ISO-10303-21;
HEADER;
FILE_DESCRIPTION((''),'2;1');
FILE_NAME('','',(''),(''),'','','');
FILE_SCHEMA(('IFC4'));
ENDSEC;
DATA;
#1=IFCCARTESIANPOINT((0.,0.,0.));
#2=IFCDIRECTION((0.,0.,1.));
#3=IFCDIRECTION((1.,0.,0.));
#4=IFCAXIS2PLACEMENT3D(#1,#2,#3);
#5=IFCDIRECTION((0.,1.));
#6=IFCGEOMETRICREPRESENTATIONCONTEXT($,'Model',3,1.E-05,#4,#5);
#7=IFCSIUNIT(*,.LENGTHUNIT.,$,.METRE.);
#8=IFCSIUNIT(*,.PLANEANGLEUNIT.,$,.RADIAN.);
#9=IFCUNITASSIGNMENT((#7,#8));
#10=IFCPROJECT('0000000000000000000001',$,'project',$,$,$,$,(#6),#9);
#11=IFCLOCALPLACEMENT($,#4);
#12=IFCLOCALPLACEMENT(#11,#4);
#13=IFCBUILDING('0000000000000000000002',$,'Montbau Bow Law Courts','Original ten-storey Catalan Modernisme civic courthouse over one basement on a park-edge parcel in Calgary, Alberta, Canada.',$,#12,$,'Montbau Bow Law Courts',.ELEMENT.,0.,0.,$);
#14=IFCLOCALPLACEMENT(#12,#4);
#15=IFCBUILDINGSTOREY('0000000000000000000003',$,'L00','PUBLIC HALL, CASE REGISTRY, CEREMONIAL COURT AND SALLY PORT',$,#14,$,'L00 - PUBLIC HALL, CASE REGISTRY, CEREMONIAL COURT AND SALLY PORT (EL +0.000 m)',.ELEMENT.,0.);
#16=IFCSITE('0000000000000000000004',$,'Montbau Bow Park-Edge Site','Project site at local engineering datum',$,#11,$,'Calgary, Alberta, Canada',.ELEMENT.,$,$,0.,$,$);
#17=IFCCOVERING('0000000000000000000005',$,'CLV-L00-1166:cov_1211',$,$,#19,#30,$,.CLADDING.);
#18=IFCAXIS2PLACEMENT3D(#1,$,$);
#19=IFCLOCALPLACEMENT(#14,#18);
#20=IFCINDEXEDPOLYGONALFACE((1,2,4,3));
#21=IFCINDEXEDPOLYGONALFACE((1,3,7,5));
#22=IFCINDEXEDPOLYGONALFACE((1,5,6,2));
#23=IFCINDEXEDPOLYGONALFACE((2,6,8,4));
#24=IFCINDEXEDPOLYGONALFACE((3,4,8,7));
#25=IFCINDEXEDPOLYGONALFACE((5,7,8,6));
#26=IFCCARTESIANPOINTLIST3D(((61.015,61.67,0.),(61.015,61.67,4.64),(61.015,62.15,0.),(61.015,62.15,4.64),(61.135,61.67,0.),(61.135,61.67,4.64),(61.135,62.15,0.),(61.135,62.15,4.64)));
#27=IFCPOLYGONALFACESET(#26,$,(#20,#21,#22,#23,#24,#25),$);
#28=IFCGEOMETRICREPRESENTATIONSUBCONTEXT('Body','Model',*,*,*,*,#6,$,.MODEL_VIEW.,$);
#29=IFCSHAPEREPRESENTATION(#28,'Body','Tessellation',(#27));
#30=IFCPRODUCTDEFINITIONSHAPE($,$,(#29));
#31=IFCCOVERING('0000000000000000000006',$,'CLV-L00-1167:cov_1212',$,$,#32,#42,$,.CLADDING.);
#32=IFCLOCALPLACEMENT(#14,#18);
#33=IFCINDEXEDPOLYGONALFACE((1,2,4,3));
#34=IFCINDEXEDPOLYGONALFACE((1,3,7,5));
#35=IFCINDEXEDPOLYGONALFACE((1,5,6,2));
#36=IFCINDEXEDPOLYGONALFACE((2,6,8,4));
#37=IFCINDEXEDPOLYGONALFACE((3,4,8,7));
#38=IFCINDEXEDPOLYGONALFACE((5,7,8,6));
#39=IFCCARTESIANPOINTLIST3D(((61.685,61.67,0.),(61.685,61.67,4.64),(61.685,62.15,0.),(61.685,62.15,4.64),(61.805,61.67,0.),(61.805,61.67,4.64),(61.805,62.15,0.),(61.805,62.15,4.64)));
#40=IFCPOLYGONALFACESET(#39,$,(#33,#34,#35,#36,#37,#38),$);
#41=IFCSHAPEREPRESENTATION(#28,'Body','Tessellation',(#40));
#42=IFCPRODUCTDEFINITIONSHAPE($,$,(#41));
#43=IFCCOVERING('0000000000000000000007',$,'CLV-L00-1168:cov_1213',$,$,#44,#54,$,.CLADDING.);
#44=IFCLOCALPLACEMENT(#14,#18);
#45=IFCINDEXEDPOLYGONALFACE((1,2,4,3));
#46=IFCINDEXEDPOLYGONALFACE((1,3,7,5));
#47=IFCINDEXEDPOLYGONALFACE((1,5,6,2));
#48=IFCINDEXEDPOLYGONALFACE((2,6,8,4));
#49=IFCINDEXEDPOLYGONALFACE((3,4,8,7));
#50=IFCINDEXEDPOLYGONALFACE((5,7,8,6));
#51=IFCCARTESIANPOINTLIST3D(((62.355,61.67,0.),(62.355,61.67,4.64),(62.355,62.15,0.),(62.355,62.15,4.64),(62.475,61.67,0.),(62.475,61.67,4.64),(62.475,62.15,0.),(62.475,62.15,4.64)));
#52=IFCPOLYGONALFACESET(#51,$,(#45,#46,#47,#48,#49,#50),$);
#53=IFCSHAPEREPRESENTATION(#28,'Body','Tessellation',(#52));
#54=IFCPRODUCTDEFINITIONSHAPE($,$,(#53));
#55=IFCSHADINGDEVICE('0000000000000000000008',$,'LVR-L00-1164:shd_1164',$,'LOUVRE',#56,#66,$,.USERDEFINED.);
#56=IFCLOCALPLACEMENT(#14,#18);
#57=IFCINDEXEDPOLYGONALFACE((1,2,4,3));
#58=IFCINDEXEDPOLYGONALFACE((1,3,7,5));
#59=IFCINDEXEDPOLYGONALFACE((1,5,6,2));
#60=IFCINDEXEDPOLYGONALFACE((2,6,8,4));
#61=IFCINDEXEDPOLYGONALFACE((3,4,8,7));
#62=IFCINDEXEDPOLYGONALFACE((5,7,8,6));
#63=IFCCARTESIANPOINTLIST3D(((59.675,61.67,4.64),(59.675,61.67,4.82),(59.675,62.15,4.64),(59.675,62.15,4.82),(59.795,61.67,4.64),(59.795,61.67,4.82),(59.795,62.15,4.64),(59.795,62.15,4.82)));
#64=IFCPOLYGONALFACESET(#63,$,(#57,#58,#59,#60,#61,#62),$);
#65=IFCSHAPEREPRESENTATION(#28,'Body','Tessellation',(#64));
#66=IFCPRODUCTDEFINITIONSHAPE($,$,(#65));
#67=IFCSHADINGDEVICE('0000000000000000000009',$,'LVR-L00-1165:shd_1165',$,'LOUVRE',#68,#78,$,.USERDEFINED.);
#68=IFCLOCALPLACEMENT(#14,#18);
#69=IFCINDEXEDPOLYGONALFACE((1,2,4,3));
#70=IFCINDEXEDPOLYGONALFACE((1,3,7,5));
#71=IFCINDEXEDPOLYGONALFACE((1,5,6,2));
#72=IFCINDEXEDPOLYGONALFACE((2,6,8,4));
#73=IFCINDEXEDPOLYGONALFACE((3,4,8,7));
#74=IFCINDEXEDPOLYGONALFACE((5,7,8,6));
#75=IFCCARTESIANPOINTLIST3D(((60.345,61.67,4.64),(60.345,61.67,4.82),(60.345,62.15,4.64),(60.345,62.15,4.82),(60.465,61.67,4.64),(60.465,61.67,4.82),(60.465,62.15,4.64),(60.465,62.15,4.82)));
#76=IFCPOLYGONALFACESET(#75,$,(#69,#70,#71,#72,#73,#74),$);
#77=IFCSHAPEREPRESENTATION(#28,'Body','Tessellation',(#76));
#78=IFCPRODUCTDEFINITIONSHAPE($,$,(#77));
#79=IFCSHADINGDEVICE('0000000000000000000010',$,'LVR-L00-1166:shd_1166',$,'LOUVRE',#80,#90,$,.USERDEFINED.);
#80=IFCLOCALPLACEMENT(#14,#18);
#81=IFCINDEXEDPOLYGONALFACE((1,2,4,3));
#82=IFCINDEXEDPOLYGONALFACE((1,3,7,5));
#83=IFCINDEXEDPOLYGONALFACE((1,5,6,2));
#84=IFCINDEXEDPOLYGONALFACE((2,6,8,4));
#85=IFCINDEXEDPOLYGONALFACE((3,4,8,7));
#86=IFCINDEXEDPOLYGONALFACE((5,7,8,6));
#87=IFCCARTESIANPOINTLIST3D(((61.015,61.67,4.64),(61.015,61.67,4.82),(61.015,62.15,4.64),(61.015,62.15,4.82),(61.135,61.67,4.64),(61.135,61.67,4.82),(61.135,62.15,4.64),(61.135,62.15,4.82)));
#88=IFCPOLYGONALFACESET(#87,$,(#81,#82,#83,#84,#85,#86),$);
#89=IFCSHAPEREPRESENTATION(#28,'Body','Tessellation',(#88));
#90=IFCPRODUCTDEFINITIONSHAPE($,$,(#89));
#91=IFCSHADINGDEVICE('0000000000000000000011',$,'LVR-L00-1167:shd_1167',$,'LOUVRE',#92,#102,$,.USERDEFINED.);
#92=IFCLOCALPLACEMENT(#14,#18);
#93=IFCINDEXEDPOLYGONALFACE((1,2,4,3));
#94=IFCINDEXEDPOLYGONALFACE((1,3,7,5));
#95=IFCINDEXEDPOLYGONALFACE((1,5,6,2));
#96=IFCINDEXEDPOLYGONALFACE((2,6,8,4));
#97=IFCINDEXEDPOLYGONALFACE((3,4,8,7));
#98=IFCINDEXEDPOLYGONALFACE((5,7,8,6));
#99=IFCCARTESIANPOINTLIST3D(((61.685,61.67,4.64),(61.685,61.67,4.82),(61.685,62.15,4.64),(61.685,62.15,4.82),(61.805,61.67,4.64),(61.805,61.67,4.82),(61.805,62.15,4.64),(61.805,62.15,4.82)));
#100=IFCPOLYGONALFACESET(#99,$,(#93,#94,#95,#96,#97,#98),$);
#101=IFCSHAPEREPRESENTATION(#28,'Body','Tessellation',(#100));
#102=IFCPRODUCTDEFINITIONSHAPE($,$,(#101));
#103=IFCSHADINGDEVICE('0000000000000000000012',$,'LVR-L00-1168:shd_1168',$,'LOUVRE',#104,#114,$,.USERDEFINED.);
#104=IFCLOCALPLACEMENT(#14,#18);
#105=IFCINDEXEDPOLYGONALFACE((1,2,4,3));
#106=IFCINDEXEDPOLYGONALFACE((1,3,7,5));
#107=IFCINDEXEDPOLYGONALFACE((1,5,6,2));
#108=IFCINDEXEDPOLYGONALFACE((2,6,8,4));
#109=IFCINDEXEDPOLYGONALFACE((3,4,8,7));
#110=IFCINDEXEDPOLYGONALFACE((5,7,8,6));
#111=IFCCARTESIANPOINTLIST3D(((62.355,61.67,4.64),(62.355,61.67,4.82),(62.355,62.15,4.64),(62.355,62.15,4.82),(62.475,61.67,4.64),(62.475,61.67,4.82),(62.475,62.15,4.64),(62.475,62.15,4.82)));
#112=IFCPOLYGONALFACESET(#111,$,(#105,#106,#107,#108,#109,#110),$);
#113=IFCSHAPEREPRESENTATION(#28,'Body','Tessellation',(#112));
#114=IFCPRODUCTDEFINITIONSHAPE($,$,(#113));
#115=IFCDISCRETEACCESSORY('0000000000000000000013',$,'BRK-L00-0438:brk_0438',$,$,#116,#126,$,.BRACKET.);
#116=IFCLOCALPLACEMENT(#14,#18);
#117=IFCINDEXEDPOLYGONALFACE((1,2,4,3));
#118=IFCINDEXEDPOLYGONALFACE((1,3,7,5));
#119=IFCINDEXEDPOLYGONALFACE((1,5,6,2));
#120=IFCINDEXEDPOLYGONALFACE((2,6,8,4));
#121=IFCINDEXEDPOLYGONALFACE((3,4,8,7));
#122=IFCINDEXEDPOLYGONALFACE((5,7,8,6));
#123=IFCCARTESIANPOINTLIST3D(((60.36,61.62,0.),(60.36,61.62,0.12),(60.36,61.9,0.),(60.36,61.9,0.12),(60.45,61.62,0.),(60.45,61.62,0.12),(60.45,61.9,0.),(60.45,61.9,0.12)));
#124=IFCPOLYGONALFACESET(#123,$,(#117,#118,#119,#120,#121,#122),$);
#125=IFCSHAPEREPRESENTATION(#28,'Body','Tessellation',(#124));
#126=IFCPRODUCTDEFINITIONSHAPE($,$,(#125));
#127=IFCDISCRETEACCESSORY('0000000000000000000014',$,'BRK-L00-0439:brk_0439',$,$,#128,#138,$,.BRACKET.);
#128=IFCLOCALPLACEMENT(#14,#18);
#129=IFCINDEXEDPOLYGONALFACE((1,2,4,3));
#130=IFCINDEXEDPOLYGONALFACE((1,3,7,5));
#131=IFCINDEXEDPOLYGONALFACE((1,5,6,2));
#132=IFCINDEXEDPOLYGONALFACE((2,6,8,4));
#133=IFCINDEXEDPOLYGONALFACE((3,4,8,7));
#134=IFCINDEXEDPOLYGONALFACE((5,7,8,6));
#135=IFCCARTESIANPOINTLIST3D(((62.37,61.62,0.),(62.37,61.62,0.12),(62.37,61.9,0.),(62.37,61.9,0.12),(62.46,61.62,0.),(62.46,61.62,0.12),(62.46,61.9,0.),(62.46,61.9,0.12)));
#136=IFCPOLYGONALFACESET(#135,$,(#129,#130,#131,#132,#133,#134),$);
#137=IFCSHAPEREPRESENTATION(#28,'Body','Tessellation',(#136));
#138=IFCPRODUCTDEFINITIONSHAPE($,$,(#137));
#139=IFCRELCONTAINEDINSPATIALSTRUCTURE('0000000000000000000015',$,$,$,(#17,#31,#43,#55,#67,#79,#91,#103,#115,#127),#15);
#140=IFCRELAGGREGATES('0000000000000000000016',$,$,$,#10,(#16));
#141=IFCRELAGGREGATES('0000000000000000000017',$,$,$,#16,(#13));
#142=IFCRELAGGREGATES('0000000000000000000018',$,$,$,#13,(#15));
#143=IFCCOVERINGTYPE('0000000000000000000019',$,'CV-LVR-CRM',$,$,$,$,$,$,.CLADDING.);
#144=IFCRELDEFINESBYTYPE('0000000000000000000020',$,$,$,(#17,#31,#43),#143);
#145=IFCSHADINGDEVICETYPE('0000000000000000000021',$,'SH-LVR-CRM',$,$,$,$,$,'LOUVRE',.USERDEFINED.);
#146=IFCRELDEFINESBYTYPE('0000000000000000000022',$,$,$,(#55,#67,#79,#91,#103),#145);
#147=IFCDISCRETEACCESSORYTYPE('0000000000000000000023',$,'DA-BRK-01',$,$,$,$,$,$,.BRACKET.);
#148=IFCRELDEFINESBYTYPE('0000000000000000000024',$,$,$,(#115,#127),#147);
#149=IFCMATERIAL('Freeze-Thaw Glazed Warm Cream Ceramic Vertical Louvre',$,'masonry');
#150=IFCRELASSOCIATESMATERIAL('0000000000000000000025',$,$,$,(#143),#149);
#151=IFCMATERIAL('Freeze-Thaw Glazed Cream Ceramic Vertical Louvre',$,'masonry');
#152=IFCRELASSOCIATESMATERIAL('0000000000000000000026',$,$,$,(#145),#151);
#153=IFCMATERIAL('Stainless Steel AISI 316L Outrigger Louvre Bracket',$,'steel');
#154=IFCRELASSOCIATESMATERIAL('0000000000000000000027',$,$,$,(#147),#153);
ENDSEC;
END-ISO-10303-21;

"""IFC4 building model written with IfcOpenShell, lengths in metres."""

from ifc_helpers import new_model, si_unit, direction, frame, frame_2d, origin_with_axes, origin_2d_with_axis, place, context, subcontext, project, spatial, rectangle, extrude, material, type_object, element, save


model = new_model("IFC4")

# Units and contexts
model_context = context("Model", 3, precision=1e-05, world=origin_with_axes(), true_north=direction((0.0, 1.0)))
body_context = subcontext(model_context, "Body", "Model", "MODEL_VIEW")
ifc_project = project(units=[si_unit("LENGTHUNIT", "METRE"), si_unit("PLANEANGLEUNIT", "RADIAN")], contexts=[model_context])

# Site, building, storey
site_placement = place(None, origin_with_axes())
site = spatial("IfcSite", under=ifc_project, at=site_placement, Name="Montbau Bow Park-Edge Site", Description="Project site at local engineering datum", LongName="Calgary, Alberta, Canada", CompositionType="ELEMENT", RefElevation=0.0)
building_placement = place(site_placement, origin_with_axes())
building = spatial("IfcBuilding", under=site, at=building_placement, Name="Montbau Bow Law Courts", Description="Original ten-storey Catalan Modernisme civic courthouse over one basement on a park-edge parcel in Calgary, Alberta, Canada.", LongName="Montbau Bow Law Courts", CompositionType="ELEMENT", ElevationOfRefHeight=0.0, ElevationOfTerrain=0.0)
storey_placement = place(building_placement, origin_with_axes())
storey = spatial("IfcBuildingStorey", under=building, at=storey_placement, Name="L00", Description="PUBLIC HALL, CASE REGISTRY, CEREMONIAL COURT AND SALLY PORT", LongName="L00 - PUBLIC HALL, CASE REGISTRY, CEREMONIAL COURT AND SALLY PORT (EL +0.000 m)", CompositionType="ELEMENT", Elevation=0.0)

# Coverings
ifc_material_1 = material(Name="Freeze-Thaw Glazed Warm Cream Ceramic Vertical Louvre", Category="masonry")
covering_type = type_object("IfcCoveringType", Name="CV-LVR-CRM", PredefinedType="CLADDING", material=ifc_material_1)
for number, where, z_axis, x_axis, name in (
    (1, (61.075, 61.67, 0.0), (1.0, 0.0, 0.0), (0.0, 1.0, 0.0), "CLV-L00-1166:cov_1211"),
    (2, (61.745, 61.67, 0.0), (1.0, 0.0, 0.0), (0.0, 1.0, 0.0), "CLV-L00-1167:cov_1212"),
    (3, (62.415, 61.67, 0.0), (1.0, 0.0, 0.0), (0.0, 1.0, 0.0), "CLV-L00-1168:cov_1213"),
):
    element("IfcCovering", number, at=place(None, frame(where, z_axis=z_axis, x_axis=x_axis)), inside=storey, type_object=covering_type, Name=name, PredefinedType="CLADDING", context=body_context, shape_type="SweptSolid", body=[
        extrude(rectangle(XDim=0.48, YDim=4.64, at=frame_2d((0.24, 2.32), x_axis=(1.0, 0.0))), frame((0.0, 0.0, -0.06), z_axis=(0.0, 0.0, 1.0), x_axis=(1.0, 0.0, 0.0)), (0.0, 0.0, 1.0), 0.12),
    ])

# Shading devices
ifc_material_2 = material(Name="Freeze-Thaw Glazed Cream Ceramic Vertical Louvre", Category="masonry")
shading_device_type = type_object("IfcShadingDeviceType", Name="SH-LVR-CRM", ElementType="LOUVRE", PredefinedType="USERDEFINED", material=ifc_material_2)
for number, where, z_axis, x_axis, name in (
    (4, (59.735, 61.91, 4.64), (0.0, 0.0, 1.0), (0.0, 1.0, 0.0), "LVR-L00-1164:shd_1164"),
    (5, (60.405, 61.91, 4.64), (0.0, 0.0, 1.0), (0.0, 1.0, 0.0), "LVR-L00-1165:shd_1165"),
    (6, (61.075, 61.91, 4.64), (0.0, 0.0, 1.0), (0.0, 1.0, 0.0), "LVR-L00-1166:shd_1166"),
    (7, (61.745, 61.91, 4.64), (0.0, 0.0, 1.0), (0.0, 1.0, 0.0), "LVR-L00-1167:shd_1167"),
    (8, (62.415, 61.91, 4.64), (0.0, 0.0, 1.0), (0.0, 1.0, 0.0), "LVR-L00-1168:shd_1168"),
):
    element("IfcShadingDevice", number, at=place(None, frame(where, z_axis=z_axis, x_axis=x_axis)), inside=storey, type_object=shading_device_type, Name=name, ObjectType="LOUVRE", PredefinedType="USERDEFINED", context=body_context, shape_type="SweptSolid", body=[
        extrude(rectangle(XDim=0.48, YDim=0.12, at=origin_2d_with_axis()), origin_with_axes(), (0.0, 0.0, 1.0), 0.18),
    ])

# Discrete accessories
ifc_material_3 = material(Name="Stainless Steel AISI 316L Outrigger Louvre Bracket", Category="steel")
discrete_accessory_type = type_object("IfcDiscreteAccessoryType", Name="DA-BRK-01", PredefinedType="BRACKET", material=ifc_material_3)
for number, where, z_axis, x_axis, name in (
    (9, (60.405, 61.76, 0.0), (0.0, 0.0, 1.0), (0.0, 1.0, 0.0), "BRK-L00-0438:brk_0438"),
    (10, (62.415, 61.76, 0.0), (0.0, 0.0, 1.0), (0.0, 1.0, 0.0), "BRK-L00-0439:brk_0439"),
):
    element("IfcDiscreteAccessory", number, at=place(None, frame(where, z_axis=z_axis, x_axis=x_axis)), inside=storey, type_object=discrete_accessory_type, Name=name, PredefinedType="BRACKET", context=body_context, shape_type="SweptSolid", body=[
        extrude(rectangle(XDim=0.28, YDim=0.09, at=origin_2d_with_axis()), origin_with_axes(), (0.0, 0.0, 1.0), 0.12),
    ])

save(model, "model.ifc")
